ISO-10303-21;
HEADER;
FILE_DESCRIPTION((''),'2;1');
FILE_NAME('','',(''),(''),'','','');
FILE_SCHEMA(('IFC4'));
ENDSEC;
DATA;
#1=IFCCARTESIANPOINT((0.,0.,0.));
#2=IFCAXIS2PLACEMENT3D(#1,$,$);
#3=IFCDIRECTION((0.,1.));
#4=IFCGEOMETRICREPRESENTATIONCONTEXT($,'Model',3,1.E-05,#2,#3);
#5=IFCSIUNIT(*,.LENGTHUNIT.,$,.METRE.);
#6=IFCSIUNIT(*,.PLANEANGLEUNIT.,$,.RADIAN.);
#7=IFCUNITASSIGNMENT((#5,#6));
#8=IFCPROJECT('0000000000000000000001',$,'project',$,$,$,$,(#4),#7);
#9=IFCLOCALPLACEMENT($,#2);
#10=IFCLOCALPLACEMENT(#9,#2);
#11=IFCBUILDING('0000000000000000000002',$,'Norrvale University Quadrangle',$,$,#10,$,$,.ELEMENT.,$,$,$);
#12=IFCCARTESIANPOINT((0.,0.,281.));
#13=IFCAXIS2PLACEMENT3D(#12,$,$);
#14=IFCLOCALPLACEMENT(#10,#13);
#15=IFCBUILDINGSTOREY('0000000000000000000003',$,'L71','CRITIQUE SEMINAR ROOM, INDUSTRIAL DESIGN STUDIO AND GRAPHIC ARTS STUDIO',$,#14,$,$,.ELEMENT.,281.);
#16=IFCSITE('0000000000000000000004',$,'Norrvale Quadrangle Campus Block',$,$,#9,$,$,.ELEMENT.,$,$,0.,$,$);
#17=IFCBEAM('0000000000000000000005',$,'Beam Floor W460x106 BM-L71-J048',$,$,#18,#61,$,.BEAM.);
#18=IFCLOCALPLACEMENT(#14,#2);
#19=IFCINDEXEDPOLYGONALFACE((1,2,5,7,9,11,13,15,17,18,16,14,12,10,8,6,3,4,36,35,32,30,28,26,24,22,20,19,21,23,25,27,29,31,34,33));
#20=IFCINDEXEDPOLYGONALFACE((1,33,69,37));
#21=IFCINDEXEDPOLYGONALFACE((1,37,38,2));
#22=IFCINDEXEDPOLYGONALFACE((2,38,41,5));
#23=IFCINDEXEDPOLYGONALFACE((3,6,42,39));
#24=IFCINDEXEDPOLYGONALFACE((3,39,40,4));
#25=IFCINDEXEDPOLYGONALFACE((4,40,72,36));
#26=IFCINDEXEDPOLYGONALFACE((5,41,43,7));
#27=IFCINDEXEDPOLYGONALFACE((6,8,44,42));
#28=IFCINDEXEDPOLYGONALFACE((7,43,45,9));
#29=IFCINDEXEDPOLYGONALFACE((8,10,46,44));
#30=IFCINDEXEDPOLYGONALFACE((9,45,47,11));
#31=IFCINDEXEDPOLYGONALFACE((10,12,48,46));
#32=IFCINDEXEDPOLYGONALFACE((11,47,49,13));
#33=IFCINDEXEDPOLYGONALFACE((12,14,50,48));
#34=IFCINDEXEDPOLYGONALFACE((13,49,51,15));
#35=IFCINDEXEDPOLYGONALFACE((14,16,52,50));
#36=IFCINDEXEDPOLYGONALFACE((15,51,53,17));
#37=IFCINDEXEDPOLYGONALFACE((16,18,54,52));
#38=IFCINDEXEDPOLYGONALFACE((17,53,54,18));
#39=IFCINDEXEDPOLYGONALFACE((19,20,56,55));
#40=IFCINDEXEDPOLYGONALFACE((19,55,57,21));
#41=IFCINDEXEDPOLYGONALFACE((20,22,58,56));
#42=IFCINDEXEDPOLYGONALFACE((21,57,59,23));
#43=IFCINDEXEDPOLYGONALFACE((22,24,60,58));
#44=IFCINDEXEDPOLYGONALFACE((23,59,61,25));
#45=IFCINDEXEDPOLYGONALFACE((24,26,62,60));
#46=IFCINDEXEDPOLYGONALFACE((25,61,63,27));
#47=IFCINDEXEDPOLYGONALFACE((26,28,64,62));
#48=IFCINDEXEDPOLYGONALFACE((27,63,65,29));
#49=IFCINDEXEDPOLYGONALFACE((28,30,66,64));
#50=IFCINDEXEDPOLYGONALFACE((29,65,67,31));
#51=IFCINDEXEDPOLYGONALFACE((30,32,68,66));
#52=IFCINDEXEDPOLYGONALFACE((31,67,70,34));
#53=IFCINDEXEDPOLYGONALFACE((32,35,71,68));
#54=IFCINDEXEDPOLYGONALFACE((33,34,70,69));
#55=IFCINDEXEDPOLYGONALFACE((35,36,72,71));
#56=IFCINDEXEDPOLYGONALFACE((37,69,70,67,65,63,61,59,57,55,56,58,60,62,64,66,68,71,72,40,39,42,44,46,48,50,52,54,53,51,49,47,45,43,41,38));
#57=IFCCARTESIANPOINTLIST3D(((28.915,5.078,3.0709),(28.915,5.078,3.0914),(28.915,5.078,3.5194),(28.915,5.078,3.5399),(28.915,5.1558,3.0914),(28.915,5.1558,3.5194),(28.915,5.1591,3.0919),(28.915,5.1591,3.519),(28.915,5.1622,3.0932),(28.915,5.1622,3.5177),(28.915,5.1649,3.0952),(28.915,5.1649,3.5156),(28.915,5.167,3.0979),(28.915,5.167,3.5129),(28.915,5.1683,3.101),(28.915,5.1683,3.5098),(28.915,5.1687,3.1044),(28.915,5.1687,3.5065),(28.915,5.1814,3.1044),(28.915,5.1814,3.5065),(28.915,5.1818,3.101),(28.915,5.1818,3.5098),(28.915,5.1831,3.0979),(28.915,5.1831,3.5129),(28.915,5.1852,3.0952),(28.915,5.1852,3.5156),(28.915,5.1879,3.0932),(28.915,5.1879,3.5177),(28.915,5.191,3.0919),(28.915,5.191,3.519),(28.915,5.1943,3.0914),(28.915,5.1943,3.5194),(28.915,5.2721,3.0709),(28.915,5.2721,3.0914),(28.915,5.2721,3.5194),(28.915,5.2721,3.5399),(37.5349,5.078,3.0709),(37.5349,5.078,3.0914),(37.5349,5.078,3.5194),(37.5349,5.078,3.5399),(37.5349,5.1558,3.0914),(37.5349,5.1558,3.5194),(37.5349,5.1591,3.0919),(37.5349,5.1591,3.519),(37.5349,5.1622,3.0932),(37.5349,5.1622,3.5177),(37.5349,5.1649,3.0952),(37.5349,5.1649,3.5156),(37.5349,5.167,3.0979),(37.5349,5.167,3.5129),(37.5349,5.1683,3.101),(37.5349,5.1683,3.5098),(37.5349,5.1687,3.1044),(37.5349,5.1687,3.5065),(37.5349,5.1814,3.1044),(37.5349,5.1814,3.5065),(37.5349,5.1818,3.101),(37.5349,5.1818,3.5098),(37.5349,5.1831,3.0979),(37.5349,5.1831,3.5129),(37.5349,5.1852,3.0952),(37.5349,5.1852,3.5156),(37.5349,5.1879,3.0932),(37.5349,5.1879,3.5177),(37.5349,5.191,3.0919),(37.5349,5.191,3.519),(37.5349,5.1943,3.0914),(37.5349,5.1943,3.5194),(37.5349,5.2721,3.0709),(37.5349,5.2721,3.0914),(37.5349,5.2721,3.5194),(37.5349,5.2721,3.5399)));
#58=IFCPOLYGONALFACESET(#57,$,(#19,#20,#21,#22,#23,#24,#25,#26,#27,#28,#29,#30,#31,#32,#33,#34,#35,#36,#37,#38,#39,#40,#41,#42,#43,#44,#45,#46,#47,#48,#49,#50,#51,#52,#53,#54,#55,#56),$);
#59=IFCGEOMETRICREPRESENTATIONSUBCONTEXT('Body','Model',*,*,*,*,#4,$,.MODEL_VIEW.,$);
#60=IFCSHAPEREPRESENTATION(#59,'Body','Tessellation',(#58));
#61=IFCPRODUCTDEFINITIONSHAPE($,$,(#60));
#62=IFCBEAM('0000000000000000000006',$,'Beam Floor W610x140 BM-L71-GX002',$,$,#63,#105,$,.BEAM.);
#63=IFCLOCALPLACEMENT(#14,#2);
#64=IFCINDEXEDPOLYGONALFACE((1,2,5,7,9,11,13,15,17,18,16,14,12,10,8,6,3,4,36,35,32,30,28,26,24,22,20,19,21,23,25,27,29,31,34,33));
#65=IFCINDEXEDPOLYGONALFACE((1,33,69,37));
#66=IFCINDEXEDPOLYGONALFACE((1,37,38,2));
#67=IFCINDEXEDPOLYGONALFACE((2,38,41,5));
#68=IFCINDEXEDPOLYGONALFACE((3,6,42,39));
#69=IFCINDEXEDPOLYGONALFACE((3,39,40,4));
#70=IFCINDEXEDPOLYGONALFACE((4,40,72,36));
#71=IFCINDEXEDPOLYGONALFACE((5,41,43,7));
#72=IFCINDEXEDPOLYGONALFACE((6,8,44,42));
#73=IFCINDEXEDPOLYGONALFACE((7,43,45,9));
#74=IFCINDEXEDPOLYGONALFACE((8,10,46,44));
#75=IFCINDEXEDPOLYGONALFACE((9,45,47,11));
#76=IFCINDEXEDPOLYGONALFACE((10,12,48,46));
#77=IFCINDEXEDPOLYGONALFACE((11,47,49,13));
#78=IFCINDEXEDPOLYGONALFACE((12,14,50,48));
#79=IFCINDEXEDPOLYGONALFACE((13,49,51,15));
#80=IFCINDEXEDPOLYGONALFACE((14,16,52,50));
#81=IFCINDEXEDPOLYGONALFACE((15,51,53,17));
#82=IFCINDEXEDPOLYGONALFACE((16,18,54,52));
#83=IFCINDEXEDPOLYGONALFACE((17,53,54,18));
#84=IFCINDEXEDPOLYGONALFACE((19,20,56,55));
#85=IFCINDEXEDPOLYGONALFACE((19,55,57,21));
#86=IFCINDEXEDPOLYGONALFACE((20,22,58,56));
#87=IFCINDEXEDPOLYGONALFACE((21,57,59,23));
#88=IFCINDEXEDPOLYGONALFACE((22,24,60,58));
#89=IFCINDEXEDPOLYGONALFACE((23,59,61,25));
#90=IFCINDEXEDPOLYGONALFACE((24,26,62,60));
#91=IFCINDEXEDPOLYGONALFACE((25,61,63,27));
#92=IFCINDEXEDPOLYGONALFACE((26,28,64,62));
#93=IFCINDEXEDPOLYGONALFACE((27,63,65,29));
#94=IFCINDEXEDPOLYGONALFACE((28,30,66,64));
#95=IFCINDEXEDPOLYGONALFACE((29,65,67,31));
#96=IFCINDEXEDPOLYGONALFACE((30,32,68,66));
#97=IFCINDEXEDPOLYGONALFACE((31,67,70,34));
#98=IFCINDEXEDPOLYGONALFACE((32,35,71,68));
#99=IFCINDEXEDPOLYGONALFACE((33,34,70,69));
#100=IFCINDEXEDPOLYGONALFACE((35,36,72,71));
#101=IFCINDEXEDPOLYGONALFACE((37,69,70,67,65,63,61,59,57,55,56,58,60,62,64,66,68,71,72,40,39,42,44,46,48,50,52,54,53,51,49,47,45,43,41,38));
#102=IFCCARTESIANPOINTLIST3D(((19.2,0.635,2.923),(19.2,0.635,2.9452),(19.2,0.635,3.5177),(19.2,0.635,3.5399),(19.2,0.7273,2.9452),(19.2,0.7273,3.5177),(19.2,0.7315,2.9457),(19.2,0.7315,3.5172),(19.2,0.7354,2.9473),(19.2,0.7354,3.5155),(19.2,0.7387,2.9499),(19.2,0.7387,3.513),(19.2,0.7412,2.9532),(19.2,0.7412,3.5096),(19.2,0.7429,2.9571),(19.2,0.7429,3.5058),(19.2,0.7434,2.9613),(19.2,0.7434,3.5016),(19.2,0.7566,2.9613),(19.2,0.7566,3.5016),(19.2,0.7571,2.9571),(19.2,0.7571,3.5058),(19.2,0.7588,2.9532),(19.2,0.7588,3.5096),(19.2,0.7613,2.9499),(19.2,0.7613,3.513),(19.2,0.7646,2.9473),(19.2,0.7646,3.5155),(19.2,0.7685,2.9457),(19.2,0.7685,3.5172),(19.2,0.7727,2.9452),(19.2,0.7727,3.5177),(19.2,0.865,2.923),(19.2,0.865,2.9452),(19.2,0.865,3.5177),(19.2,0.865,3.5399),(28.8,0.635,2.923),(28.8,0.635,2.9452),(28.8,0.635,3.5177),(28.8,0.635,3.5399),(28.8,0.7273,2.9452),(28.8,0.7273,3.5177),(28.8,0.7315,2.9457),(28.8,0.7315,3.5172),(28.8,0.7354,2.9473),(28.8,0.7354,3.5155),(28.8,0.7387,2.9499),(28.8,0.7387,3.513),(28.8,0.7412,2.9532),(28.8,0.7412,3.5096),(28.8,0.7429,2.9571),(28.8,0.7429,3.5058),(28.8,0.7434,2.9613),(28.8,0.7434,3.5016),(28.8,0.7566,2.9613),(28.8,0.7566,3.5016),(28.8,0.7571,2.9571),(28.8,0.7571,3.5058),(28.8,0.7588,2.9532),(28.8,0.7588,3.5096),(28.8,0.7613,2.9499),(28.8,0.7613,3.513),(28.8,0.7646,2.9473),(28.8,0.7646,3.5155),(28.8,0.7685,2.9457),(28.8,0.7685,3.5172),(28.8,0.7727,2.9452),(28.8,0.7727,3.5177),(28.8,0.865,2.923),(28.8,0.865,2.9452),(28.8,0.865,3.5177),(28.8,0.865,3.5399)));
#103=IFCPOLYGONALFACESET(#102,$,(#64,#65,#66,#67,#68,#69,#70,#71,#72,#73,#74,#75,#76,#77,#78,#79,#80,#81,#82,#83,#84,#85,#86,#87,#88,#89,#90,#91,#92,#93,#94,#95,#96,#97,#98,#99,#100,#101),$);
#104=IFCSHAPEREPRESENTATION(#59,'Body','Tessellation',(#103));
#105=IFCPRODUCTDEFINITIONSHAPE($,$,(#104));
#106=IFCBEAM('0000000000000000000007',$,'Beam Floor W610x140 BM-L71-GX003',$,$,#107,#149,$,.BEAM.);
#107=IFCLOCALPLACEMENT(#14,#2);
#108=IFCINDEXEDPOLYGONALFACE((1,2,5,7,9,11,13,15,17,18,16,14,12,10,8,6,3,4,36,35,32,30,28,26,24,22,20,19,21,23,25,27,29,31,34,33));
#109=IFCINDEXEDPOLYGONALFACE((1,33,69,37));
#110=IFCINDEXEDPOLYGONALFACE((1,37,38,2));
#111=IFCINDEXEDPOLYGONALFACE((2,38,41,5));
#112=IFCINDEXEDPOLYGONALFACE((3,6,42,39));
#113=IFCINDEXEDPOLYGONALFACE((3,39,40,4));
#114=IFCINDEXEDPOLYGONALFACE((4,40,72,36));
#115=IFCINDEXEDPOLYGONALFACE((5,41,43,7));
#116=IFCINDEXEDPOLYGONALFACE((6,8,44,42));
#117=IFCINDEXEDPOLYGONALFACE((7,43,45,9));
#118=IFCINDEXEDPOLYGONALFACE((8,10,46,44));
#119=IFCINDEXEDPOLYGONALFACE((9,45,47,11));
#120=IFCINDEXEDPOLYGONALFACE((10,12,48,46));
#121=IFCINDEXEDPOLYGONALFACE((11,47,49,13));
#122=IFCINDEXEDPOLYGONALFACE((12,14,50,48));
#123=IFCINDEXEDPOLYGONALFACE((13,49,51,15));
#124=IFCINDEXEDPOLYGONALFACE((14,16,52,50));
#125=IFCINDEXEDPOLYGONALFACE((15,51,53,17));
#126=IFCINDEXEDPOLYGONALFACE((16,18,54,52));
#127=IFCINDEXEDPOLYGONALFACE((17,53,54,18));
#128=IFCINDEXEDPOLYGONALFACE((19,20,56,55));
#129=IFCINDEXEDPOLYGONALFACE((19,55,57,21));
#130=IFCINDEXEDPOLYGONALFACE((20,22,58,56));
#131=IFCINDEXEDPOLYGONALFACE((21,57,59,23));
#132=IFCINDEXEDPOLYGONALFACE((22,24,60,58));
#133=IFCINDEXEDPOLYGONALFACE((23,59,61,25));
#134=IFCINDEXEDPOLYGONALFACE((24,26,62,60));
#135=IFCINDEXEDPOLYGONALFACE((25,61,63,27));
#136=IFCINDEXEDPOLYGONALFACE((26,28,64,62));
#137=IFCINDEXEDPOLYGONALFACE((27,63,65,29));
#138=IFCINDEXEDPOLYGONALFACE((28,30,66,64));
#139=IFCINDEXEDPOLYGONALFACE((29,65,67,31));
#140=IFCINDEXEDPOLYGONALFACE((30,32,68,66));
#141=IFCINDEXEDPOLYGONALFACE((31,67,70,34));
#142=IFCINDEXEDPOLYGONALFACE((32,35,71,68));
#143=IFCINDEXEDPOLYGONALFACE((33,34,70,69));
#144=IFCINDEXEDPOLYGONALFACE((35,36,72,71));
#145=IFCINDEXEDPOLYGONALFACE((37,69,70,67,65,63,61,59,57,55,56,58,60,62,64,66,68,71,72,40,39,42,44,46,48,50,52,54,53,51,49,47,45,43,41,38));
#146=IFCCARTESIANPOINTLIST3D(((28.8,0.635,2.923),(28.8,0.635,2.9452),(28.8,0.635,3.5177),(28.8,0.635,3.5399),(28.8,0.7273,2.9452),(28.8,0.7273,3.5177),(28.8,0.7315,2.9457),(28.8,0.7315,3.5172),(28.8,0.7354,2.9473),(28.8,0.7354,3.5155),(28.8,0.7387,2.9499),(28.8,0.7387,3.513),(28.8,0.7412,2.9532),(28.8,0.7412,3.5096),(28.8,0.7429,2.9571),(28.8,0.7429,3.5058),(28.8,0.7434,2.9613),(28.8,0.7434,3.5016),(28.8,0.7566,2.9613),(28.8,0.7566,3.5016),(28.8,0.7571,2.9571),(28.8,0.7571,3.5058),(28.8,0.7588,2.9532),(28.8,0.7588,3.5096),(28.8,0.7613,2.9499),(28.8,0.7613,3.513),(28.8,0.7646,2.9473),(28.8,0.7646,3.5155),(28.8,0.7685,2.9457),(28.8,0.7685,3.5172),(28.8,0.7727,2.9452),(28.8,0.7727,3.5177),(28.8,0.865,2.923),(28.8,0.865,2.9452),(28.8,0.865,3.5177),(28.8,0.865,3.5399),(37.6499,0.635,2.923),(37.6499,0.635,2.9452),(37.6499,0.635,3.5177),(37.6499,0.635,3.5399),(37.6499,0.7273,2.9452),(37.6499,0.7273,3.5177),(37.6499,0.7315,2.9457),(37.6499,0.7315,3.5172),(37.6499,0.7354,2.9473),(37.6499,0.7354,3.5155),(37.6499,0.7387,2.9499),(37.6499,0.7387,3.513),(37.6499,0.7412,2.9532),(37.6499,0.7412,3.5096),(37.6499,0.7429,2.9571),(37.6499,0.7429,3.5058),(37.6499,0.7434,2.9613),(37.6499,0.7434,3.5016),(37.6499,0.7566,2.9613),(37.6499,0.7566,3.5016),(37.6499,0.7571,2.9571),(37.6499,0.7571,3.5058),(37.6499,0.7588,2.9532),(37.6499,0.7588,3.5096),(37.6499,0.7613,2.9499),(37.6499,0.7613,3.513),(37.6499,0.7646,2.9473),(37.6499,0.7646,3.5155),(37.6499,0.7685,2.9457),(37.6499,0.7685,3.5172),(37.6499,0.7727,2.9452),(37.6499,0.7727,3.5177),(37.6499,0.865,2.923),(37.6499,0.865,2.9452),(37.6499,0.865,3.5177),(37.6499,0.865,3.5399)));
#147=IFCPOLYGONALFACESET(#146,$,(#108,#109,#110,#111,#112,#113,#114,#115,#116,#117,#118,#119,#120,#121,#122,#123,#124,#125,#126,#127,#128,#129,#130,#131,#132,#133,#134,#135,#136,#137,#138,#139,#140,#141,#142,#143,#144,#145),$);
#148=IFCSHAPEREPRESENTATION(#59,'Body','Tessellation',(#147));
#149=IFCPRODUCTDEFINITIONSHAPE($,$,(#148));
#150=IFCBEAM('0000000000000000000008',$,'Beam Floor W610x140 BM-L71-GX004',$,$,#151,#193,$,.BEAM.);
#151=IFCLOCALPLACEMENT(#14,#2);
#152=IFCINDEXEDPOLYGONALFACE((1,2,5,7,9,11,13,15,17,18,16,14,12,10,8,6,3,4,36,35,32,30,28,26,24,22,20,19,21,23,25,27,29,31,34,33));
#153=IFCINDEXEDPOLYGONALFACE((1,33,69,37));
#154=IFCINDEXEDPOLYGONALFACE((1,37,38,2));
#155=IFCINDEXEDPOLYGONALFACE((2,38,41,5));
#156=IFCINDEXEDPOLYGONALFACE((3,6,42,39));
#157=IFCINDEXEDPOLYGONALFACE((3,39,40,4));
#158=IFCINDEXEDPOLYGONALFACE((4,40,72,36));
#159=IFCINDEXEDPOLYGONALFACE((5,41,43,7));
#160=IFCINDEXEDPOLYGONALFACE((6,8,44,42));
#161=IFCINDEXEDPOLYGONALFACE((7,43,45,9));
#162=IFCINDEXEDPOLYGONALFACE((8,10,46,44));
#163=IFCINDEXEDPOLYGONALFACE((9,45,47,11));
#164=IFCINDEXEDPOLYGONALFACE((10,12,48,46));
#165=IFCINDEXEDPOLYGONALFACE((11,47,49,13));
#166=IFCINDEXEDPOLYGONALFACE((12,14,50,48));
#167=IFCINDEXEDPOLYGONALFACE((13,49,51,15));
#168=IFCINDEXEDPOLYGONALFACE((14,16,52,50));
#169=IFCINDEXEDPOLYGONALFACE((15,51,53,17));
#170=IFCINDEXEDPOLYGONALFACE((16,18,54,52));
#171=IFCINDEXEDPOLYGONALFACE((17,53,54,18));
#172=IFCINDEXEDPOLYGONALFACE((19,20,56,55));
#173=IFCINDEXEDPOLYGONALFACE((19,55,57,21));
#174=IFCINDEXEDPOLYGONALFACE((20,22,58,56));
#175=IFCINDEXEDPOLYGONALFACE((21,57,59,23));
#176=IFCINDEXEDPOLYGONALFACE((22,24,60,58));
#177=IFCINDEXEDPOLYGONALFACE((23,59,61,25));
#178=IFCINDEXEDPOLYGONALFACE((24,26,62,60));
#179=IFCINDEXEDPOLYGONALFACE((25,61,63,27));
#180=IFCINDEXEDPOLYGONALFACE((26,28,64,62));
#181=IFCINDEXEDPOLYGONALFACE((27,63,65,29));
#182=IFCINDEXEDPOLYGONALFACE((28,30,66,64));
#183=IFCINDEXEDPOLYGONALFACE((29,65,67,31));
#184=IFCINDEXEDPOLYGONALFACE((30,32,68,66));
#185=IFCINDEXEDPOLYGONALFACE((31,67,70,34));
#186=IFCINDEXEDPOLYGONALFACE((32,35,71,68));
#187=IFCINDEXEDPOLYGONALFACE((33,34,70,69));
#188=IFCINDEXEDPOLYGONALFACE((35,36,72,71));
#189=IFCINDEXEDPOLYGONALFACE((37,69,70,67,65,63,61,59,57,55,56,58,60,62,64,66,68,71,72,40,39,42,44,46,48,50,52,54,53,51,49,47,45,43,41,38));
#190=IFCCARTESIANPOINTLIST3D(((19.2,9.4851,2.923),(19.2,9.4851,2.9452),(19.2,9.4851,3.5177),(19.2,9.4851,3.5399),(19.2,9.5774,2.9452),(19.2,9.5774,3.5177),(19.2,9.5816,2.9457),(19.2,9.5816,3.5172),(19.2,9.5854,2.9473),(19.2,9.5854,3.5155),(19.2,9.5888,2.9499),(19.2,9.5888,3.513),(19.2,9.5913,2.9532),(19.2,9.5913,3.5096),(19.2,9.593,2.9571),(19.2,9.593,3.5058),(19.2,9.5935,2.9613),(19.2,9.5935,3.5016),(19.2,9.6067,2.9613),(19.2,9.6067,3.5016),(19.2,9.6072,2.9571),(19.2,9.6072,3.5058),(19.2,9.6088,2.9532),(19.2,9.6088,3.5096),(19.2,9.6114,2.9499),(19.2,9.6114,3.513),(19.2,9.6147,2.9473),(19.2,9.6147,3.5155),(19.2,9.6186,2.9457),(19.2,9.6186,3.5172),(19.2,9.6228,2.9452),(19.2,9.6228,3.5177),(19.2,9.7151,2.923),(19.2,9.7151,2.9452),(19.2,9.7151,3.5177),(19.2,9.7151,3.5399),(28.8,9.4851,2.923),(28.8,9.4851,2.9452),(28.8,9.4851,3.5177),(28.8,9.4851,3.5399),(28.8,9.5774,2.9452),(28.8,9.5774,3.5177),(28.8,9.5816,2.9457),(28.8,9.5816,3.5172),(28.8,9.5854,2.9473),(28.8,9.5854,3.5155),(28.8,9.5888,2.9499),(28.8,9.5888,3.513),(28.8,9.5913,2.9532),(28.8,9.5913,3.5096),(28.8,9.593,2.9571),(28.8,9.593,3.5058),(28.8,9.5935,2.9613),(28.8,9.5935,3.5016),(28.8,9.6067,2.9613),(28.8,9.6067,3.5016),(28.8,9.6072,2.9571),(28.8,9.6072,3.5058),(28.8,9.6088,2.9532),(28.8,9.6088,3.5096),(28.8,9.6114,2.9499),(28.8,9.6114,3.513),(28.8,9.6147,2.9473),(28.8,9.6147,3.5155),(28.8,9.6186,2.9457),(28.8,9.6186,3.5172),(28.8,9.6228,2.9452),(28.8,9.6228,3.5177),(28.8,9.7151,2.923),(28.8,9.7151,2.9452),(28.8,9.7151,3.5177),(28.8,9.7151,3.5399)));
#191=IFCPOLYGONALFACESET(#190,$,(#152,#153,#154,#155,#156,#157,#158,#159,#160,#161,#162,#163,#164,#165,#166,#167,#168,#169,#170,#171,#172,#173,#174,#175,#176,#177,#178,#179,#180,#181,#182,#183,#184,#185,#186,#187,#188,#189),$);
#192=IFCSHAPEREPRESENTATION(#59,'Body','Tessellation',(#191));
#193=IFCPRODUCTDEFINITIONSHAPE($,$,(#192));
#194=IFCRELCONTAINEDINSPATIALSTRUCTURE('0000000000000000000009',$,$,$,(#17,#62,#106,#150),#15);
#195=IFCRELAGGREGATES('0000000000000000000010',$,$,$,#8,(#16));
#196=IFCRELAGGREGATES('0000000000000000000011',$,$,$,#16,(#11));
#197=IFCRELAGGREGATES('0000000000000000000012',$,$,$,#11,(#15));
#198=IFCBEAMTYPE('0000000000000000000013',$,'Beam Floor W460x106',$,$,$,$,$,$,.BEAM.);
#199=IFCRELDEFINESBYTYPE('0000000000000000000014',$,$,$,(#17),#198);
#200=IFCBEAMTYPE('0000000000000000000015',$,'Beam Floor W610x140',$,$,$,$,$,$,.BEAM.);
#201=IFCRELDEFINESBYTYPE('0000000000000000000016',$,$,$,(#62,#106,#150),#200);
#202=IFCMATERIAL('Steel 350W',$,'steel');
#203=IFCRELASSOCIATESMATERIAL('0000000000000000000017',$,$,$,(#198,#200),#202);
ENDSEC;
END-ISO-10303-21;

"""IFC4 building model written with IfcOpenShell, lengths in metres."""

from ifc_helpers import new_model, si_unit, direction, frame, origin, origin_2d, place, context, subcontext, project, spatial, i_section, extrude, material, material_profile, profile_set, type_object, element, save


model = new_model("IFC4")

# Units and contexts
model_context = context("Model", 3, precision=1e-05, world=origin(), true_north=direction((0.0, 1.0)))
body_context = subcontext(model_context, "Body", "Model", "MODEL_VIEW")
ifc_project = project(units=[si_unit("LENGTHUNIT", "METRE"), si_unit("PLANEANGLEUNIT", "RADIAN")], contexts=[model_context])

# Site, building, storey
site_placement = place(None, origin())
site = spatial("IfcSite", under=ifc_project, at=site_placement, Name="Norrvale Quadrangle Campus Block", CompositionType="ELEMENT", RefElevation=0.0)
building_placement = place(site_placement, origin())
building = spatial("IfcBuilding", under=site, at=building_placement, Name="Norrvale University Quadrangle", CompositionType="ELEMENT")
storey_placement = place(building_placement, frame((0.0, 0.0, 281.0)))
storey = spatial("IfcBuildingStorey", under=building, at=storey_placement, Name="L71", Description="CRITIQUE SEMINAR ROOM, INDUSTRIAL DESIGN STUDIO AND GRAPHIC ARTS STUDIO", CompositionType="ELEMENT", Elevation=281.0)

# Beams
ifc_material_1 = material(Name="Steel 350W", Category="steel")
ifc_material_profile_1 = material_profile(ifc_material_1, i_section(OverallWidth=0.1941, OverallDepth=0.469, WebThickness=0.0127, FlangeThickness=0.0205, FilletRadius=0.0129, at=origin_2d()), Name="Steel 350W")
ifc_profile_set_1 = profile_set([ifc_material_profile_1], Name="Steel 350W")
beam_type_1 = type_object("IfcBeamType", Name="Beam Floor W460x106", PredefinedType="BEAM", material=ifc_profile_set_1)
beam_1_placement = place(storey_placement, frame((28.915, 5.175, 3.3054), z_axis=(1.0, 0.0, 0.0), x_axis=(0.0, 1.0, 0.0)))
element("IfcBeam", 1, at=beam_1_placement, inside=storey, type_object=beam_type_1, Name="Beam Floor W460x106 BM-L71-J048", PredefinedType="BEAM", context=body_context, shape_type="SweptSolid", body=[
    extrude(i_section(OverallWidth=0.1941, OverallDepth=0.469, WebThickness=0.0127, FlangeThickness=0.0205, FilletRadius=0.0129, at=origin_2d()), origin(), (0.0, 0.0, 1.0), 8.6199),
])
ifc_material_profile_2 = material_profile(ifc_material_1, i_section(OverallWidth=0.23, OverallDepth=0.6169, WebThickness=0.0132, FlangeThickness=0.0222, FilletRadius=0.0161, at=origin_2d()), Name="Steel 350W")
ifc_profile_set_2 = profile_set([ifc_material_profile_2], Name="Steel 350W")
beam_type_2 = type_object("IfcBeamType", Name="Beam Floor W610x140", PredefinedType="BEAM", material=ifc_profile_set_2)
beam_2_placement = place(storey_placement, frame((19.2, 0.75, 3.2314), z_axis=(1.0, 0.0, 0.0), x_axis=(0.0, 1.0, 0.0)))
element("IfcBeam", 2, at=beam_2_placement, inside=storey, type_object=beam_type_2, Name="Beam Floor W610x140 BM-L71-GX002", PredefinedType="BEAM", context=body_context, shape_type="SweptSolid", body=[
    extrude(i_section(OverallWidth=0.23, OverallDepth=0.6169, WebThickness=0.0132, FlangeThickness=0.0222, FilletRadius=0.0161, at=origin_2d()), origin(), (0.0, 0.0, 1.0), 9.6001),
])
beam_3_placement = place(storey_placement, frame((28.8, 0.75, 3.2314), z_axis=(1.0, 0.0, 0.0), x_axis=(0.0, 1.0, 0.0)))
element("IfcBeam", 3, at=beam_3_placement, inside=storey, type_object=beam_type_2, Name="Beam Floor W610x140 BM-L71-GX003", PredefinedType="BEAM", context=body_context, shape_type="SweptSolid", body=[
    extrude(i_section(OverallWidth=0.23, OverallDepth=0.6169, WebThickness=0.0132, FlangeThickness=0.0222, FilletRadius=0.0161, at=origin_2d()), origin(), (0.0, 0.0, 1.0), 8.8499),
])
beam_4_placement = place(storey_placement, frame((19.2, 9.6001, 3.2314), z_axis=(1.0, 0.0, 0.0), x_axis=(0.0, 1.0, 0.0)))
element("IfcBeam", 4, at=beam_4_placement, inside=storey, type_object=beam_type_2, Name="Beam Floor W610x140 BM-L71-GX004", PredefinedType="BEAM", context=body_context, shape_type="SweptSolid", body=[
    extrude(i_section(OverallWidth=0.23, OverallDepth=0.6169, WebThickness=0.0132, FlangeThickness=0.0222, FilletRadius=0.0161, at=origin_2d()), origin(), (0.0, 0.0, 1.0), 9.6001),
])

save(model, "model.ifc")
